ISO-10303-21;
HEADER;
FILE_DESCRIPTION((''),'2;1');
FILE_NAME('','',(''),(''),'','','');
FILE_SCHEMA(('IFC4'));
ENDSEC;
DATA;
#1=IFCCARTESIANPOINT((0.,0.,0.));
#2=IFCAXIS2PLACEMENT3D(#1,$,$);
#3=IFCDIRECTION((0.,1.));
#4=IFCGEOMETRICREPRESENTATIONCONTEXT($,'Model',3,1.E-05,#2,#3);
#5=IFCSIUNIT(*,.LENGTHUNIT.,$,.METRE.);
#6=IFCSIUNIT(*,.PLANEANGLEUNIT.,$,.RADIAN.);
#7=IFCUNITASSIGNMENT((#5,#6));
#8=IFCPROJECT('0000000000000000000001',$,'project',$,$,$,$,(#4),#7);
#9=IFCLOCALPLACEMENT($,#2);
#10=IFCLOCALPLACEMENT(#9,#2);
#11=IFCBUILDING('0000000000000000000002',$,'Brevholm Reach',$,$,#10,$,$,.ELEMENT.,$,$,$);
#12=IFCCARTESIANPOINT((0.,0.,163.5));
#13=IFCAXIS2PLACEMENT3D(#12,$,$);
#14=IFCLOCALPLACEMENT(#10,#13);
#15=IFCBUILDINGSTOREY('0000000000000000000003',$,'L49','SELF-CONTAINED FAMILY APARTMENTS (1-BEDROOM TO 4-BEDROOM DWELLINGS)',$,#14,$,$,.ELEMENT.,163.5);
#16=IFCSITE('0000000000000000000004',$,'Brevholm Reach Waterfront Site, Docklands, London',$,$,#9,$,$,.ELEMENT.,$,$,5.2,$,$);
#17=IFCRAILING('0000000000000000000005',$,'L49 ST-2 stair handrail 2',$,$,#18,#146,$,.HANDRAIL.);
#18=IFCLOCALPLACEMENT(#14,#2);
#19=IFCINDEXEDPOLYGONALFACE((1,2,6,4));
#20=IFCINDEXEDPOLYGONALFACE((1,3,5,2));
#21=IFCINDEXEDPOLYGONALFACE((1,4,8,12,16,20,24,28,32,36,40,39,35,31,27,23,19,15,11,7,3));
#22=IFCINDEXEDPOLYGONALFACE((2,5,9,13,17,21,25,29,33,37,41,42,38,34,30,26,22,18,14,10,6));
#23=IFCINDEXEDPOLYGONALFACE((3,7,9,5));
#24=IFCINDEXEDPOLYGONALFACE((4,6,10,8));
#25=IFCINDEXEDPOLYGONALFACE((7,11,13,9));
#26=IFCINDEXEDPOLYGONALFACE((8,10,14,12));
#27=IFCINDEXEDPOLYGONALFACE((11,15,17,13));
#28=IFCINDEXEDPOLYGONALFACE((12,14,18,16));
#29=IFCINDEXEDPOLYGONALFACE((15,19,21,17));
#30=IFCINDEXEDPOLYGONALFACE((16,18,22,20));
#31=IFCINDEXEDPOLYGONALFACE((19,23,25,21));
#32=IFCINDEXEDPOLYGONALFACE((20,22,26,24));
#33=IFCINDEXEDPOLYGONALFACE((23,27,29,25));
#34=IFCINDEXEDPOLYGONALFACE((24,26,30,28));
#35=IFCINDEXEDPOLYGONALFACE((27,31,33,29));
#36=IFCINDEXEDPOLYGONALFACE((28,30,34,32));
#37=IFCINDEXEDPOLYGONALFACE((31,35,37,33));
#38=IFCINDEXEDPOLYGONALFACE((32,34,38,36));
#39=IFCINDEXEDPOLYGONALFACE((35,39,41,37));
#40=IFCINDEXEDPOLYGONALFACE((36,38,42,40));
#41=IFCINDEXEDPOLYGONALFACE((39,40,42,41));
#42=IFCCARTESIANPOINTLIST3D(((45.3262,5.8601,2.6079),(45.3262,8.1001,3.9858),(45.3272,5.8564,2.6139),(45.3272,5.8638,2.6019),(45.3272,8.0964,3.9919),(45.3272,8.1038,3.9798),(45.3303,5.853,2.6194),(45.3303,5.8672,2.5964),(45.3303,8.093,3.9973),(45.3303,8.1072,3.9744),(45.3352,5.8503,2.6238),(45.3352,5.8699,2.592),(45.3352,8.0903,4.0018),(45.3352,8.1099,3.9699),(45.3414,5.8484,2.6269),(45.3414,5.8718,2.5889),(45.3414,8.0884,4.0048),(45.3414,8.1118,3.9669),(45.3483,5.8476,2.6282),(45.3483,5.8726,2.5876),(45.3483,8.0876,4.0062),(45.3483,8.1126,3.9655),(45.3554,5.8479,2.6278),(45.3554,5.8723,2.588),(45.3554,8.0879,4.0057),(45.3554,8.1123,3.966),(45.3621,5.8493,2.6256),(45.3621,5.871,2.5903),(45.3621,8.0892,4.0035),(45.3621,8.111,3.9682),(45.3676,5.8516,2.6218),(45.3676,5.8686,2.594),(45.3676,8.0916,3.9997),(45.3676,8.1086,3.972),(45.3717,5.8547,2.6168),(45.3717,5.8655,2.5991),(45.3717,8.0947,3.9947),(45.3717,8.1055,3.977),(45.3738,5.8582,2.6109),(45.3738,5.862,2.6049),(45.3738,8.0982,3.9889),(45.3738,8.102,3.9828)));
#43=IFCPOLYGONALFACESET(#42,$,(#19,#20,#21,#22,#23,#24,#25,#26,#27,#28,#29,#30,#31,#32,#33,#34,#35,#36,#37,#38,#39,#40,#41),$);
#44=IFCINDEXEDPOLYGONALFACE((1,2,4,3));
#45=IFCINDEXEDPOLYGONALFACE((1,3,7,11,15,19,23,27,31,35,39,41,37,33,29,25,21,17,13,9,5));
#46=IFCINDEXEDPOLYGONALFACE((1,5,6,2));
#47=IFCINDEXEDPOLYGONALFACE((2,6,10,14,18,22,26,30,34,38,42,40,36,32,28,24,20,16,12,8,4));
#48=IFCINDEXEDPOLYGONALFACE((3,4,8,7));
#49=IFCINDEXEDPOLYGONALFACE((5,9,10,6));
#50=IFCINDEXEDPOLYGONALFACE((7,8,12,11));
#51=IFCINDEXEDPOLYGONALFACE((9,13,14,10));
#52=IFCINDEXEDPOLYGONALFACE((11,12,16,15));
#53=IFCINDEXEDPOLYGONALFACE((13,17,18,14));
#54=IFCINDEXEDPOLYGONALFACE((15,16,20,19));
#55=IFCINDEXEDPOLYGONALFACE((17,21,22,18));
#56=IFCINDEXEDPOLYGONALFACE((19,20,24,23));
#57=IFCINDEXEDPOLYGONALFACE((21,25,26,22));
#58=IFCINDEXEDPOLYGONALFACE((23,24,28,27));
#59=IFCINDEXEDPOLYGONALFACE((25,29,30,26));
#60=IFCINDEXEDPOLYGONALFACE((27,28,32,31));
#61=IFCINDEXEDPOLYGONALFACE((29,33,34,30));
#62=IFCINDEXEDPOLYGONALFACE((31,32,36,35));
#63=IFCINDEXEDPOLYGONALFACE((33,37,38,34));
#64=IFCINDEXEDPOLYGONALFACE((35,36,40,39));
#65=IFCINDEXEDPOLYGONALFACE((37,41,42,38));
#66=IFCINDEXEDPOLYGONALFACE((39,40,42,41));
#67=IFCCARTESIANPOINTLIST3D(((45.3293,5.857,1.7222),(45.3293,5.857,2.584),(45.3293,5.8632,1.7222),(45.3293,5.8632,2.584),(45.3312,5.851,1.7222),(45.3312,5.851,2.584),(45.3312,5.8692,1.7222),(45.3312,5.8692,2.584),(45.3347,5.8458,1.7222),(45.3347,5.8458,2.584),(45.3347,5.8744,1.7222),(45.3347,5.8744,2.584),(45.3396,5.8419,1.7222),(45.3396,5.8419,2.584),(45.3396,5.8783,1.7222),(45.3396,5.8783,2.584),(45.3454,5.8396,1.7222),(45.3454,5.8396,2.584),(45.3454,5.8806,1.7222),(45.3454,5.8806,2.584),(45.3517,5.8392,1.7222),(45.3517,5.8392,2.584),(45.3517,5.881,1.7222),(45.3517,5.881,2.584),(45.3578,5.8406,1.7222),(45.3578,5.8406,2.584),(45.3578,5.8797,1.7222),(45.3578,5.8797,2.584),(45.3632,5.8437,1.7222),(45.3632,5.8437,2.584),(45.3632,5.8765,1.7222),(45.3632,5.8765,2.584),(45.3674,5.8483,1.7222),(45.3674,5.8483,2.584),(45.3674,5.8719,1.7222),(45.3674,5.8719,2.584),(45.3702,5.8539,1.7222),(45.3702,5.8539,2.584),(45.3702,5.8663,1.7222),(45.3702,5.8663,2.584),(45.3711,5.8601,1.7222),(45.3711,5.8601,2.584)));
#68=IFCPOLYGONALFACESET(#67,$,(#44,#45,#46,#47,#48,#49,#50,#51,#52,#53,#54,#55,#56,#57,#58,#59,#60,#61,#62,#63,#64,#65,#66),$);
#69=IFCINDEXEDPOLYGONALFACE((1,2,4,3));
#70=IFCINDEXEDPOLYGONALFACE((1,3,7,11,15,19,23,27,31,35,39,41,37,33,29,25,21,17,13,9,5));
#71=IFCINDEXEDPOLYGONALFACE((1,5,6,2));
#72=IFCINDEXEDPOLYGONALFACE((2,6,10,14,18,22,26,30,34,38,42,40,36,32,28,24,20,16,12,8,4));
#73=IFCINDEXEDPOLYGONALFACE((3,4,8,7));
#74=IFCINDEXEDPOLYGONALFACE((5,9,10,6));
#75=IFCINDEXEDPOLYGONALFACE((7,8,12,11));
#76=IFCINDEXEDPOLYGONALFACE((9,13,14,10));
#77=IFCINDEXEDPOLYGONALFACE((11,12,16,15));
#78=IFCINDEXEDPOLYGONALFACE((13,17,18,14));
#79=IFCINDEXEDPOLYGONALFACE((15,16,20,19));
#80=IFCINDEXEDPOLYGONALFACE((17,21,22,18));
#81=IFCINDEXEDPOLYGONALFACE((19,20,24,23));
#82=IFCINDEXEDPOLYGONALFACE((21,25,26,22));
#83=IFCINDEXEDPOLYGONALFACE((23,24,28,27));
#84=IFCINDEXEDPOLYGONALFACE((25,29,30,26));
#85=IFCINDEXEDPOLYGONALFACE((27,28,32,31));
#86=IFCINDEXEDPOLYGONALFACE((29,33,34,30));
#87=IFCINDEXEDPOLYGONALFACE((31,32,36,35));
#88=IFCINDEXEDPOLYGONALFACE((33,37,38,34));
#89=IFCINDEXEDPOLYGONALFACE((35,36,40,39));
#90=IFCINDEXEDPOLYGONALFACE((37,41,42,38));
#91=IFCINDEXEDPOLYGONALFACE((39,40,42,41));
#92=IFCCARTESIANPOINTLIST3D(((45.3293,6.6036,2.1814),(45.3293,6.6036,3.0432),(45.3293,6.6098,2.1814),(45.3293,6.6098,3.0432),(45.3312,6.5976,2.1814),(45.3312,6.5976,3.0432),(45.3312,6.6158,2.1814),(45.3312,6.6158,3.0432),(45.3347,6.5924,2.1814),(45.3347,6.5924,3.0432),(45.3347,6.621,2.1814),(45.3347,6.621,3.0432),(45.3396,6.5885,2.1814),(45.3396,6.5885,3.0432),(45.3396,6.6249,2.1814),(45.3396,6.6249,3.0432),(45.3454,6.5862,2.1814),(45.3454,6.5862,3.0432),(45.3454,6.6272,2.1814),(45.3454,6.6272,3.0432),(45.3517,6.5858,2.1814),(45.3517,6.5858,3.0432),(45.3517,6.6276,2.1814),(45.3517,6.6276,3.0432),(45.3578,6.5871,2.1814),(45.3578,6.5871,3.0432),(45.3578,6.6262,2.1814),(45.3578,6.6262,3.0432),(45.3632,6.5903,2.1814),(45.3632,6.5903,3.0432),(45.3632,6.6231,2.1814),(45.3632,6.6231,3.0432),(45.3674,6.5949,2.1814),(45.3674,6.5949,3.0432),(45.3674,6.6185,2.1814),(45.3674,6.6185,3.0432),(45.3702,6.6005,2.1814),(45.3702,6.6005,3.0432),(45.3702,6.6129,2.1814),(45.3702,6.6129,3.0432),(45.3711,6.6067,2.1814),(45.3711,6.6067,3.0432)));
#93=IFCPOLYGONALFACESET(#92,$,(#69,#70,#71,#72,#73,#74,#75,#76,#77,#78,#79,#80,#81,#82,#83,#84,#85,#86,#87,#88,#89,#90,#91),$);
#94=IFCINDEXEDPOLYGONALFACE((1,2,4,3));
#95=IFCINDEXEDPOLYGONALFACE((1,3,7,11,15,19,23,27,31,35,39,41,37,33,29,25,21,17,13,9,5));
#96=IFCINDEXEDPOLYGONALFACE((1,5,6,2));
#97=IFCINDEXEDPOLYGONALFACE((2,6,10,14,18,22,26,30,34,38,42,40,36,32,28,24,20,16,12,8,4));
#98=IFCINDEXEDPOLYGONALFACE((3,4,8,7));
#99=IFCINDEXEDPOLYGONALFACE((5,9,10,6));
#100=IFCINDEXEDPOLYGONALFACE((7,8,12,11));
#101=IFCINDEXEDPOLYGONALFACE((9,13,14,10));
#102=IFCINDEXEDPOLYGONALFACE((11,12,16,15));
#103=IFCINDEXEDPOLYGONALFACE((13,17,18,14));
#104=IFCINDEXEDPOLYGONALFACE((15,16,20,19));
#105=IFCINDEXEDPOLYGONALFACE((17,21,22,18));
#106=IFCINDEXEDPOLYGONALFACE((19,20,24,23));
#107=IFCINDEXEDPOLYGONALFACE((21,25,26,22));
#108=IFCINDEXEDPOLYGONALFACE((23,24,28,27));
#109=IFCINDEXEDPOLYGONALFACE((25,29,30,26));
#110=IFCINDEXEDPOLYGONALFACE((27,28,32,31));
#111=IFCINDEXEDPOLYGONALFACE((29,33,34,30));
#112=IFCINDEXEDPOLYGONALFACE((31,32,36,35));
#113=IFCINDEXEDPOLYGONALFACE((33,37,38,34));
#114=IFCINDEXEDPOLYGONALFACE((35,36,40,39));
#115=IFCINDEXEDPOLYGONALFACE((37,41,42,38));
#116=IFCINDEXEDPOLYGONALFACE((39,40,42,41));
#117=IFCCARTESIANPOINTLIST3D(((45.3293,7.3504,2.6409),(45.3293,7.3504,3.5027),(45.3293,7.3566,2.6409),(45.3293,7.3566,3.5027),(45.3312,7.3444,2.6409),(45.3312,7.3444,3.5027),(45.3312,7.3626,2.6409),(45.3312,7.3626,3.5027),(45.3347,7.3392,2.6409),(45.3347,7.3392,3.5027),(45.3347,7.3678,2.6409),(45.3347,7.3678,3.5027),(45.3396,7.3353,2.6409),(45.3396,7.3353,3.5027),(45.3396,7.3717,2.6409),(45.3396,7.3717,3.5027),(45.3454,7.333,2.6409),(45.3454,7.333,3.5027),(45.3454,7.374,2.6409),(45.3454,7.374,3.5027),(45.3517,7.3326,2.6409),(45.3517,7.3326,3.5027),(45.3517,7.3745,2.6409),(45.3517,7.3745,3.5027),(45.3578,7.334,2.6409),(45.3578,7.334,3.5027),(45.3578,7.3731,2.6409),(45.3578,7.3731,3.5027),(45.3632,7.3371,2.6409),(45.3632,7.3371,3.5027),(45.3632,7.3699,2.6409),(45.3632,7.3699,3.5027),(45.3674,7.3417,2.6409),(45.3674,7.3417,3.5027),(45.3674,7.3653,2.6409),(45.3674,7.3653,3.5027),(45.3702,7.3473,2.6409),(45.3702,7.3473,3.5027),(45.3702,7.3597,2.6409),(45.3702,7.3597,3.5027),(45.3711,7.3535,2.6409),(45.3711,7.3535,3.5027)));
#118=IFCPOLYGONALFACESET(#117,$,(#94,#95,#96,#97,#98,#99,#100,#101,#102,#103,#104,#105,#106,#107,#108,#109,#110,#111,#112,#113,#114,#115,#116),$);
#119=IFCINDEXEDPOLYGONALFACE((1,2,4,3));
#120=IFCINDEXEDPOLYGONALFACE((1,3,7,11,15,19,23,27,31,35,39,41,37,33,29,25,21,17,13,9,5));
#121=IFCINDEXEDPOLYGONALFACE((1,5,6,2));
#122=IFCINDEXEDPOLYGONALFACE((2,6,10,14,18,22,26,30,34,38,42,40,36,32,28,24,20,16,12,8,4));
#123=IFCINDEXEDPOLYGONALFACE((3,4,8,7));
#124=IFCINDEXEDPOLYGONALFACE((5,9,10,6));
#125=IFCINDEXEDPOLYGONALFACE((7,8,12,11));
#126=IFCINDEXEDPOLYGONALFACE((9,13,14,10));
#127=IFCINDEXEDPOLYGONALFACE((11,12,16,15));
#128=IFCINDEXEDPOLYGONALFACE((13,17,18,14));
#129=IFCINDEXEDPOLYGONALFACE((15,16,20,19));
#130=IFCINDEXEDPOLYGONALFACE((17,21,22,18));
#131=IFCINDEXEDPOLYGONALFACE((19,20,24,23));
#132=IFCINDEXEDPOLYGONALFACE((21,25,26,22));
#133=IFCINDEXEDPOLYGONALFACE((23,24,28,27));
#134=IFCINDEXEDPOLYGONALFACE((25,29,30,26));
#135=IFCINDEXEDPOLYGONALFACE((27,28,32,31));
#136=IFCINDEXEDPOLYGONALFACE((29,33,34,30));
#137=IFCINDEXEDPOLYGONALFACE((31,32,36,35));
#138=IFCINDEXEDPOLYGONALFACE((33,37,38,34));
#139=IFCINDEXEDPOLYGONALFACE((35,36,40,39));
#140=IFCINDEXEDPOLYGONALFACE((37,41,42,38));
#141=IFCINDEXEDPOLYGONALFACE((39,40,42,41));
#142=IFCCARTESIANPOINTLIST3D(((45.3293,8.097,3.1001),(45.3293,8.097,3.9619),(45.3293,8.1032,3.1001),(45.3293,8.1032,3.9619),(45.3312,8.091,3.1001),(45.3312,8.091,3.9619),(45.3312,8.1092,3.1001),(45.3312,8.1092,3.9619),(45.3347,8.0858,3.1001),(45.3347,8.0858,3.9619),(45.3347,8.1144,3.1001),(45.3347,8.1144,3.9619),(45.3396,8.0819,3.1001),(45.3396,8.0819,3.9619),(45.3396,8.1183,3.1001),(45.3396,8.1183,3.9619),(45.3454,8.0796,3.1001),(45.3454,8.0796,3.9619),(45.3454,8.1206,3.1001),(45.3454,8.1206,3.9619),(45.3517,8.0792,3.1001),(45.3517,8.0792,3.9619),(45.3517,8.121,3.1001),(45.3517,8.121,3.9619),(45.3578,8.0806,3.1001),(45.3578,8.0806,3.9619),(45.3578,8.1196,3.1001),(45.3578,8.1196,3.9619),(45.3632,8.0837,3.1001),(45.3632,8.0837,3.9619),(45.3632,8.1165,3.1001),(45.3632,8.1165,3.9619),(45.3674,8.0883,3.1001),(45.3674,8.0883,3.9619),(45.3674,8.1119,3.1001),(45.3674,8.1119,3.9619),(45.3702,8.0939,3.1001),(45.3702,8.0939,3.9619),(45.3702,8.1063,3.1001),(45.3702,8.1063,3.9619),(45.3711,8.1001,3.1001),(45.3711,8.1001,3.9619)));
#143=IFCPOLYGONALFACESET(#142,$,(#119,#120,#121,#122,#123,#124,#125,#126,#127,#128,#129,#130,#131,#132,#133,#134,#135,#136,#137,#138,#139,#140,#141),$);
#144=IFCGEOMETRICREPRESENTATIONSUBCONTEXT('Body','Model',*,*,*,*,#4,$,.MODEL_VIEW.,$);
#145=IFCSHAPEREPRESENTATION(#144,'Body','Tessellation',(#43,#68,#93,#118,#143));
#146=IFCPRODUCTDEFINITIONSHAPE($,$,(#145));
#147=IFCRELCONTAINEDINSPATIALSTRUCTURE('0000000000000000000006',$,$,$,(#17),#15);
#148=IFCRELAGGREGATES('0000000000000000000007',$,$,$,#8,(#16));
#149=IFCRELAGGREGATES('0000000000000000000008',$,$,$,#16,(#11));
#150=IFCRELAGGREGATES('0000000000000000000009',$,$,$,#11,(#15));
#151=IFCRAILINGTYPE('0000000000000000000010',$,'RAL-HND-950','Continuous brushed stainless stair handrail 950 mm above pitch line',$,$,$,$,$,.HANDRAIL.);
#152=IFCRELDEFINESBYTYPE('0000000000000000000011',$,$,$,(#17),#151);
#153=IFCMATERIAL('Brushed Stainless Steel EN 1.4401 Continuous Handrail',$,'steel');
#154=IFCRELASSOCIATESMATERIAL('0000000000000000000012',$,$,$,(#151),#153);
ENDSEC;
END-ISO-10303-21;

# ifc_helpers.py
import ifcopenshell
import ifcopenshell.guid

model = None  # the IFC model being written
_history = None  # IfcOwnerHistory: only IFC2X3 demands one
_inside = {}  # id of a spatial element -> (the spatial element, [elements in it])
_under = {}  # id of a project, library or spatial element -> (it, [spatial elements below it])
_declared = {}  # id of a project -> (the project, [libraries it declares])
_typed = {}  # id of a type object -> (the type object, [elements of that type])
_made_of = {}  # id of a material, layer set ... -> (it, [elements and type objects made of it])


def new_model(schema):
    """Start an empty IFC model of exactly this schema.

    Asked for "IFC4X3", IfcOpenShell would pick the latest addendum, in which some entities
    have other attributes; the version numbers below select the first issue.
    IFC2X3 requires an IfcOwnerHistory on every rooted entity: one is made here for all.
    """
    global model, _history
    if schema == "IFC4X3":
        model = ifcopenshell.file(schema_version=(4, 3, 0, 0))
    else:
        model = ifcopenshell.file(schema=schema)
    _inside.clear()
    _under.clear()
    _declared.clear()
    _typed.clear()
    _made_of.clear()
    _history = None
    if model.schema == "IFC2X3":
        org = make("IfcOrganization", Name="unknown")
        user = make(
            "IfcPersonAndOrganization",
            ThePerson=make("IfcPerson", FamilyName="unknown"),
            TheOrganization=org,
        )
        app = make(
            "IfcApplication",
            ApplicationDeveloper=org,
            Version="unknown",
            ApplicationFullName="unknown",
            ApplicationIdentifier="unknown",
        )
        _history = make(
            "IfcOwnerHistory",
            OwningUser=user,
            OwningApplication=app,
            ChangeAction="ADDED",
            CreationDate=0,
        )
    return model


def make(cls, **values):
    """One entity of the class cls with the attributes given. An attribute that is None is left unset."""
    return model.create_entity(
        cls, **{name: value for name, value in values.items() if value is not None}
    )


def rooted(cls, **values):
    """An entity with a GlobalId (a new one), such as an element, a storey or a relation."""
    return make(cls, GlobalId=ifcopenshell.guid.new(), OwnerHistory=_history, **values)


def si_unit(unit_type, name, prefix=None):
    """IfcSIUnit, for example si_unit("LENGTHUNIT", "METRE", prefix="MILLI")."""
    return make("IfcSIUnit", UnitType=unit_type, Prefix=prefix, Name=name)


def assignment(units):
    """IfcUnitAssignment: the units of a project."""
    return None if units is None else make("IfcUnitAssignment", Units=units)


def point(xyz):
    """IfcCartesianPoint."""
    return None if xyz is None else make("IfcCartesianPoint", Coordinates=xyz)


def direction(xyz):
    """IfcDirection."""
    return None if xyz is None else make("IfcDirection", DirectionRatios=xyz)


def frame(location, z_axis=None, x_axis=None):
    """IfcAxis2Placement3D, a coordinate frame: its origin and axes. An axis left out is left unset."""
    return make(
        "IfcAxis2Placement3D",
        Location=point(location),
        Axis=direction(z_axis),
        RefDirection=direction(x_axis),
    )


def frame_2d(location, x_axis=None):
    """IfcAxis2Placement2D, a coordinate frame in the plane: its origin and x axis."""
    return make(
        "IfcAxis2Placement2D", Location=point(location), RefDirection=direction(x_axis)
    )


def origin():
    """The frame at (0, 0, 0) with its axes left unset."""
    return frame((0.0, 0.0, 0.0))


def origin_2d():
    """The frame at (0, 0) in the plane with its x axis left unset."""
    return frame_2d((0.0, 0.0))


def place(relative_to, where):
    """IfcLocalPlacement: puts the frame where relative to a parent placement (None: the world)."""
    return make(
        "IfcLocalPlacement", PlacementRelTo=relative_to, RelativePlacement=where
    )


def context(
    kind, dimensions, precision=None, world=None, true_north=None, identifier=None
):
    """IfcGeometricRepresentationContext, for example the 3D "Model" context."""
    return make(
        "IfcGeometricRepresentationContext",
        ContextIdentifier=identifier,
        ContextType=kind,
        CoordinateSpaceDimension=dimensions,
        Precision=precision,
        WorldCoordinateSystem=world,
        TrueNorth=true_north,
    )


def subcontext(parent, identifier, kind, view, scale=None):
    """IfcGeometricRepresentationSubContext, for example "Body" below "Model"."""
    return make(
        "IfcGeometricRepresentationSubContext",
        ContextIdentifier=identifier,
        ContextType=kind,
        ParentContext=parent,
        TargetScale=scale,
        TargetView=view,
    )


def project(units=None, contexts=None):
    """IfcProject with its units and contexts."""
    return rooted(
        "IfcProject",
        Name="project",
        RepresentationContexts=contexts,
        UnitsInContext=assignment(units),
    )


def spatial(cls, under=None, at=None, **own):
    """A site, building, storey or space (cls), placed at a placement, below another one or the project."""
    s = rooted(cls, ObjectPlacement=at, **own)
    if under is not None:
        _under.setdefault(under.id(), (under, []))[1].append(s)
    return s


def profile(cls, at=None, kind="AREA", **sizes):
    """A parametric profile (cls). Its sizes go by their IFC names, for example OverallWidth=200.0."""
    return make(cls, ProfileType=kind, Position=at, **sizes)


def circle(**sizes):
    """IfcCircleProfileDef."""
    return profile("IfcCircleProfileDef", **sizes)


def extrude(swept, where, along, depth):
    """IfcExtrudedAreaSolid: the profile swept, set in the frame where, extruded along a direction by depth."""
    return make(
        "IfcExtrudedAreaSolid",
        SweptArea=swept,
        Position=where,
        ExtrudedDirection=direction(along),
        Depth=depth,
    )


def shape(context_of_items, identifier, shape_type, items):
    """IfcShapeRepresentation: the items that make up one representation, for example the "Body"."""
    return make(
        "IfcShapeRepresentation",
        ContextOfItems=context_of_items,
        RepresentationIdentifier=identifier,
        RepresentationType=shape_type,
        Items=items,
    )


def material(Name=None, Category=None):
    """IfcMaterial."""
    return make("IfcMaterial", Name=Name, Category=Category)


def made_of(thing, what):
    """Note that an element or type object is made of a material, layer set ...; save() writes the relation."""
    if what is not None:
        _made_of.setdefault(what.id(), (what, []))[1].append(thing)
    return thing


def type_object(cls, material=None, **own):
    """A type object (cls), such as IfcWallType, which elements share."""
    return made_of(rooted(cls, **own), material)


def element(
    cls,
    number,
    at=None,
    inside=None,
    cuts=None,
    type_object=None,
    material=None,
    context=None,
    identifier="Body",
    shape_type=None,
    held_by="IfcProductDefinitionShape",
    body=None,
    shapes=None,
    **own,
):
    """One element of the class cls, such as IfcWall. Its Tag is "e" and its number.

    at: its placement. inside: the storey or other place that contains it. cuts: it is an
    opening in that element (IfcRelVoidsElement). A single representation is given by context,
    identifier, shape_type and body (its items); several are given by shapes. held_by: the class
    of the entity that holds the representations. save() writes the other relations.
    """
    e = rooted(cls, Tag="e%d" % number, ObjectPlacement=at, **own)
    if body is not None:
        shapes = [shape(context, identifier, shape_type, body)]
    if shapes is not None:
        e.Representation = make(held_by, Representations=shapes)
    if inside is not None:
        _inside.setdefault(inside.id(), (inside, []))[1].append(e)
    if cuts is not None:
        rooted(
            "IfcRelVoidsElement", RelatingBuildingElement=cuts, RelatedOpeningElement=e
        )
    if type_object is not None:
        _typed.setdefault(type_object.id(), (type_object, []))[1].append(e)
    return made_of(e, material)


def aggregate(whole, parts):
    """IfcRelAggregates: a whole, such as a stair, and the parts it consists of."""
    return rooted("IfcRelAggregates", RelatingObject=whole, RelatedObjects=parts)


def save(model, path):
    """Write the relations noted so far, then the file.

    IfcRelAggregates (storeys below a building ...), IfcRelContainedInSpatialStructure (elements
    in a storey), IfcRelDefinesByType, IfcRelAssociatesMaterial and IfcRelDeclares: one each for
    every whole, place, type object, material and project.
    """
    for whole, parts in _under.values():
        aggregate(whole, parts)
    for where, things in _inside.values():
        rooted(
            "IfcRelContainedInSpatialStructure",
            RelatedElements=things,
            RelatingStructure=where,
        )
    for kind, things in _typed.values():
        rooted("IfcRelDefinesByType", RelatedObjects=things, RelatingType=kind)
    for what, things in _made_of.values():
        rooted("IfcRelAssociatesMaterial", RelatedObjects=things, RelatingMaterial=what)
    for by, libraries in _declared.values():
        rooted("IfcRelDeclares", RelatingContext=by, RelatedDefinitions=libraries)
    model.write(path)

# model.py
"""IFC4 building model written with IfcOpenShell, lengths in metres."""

from ifc_helpers import new_model, si_unit, direction, frame, origin, origin_2d, place, context, subcontext, project, spatial, circle, extrude, material, type_object, element, save


model = new_model("IFC4")

# Units and contexts
model_context = context("Model", 3, precision=1e-05, world=origin(), true_north=direction((0.0, 1.0)))
body_context = subcontext(model_context, "Body", "Model", "MODEL_VIEW")
ifc_project = project(units=[si_unit("LENGTHUNIT", "METRE"), si_unit("PLANEANGLEUNIT", "RADIAN")], contexts=[model_context])

# Site, building, storey
site_placement = place(None, origin())
site = spatial("IfcSite", under=ifc_project, at=site_placement, Name="Brevholm Reach Waterfront Site, Docklands, London", CompositionType="ELEMENT", RefElevation=5.2)
building_placement = place(site_placement, origin())
building = spatial("IfcBuilding", under=site, at=building_placement, Name="Brevholm Reach", CompositionType="ELEMENT")
storey_placement = place(building_placement, frame((0.0, 0.0, 163.5)))
storey = spatial("IfcBuildingStorey", under=building, at=storey_placement, Name="L49", Description="SELF-CONTAINED FAMILY APARTMENTS (1-BEDROOM TO 4-BEDROOM DWELLINGS)", CompositionType="ELEMENT", Elevation=163.5)

# Railing
ifc_material_1 = material(Name="Brushed Stainless Steel EN 1.4401 Continuous Handrail", Category="steel")
railing_type_1 = type_object("IfcRailingType", Name="RAL-HND-950", Description="Continuous brushed stainless stair handrail 950 mm above pitch line", PredefinedType="HANDRAIL", material=ifc_material_1)
railing_1_placement = place(storey_placement, frame((45.3501, 5.8601, 1.7222)))
element("IfcRailing", 1, at=railing_1_placement, inside=storey, type_object=railing_type_1, Name="L49 ST-2 stair handrail 2", PredefinedType="HANDRAIL", context=body_context, shape_type="SweptSolid", body=[
    extrude(circle(Radius=0.0239, at=origin_2d()), frame((0.0, 0.0, 0.8857), z_axis=(0.0, 0.851748, 0.523952), x_axis=(-1.0, 0.0, 0.0)), (0.0, 0.0, 1.0), 2.6299),
    extrude(circle(Radius=0.021, at=origin_2d()), origin(), (0.0, 0.0, 1.0), 0.8618),
    extrude(circle(Radius=0.021, at=origin_2d()), frame((0.0, 0.7466, 0.4592)), (0.0, 0.0, 1.0), 0.8618),
    extrude(circle(Radius=0.021, at=origin_2d()), frame((0.0, 1.4934, 0.9187)), (0.0, 0.0, 1.0), 0.8618),
    extrude(circle(Radius=0.021, at=origin_2d()), frame((0.0, 2.24, 1.3779)), (0.0, 0.0, 1.0), 0.8618),
])

save(model, "model.ifc")
